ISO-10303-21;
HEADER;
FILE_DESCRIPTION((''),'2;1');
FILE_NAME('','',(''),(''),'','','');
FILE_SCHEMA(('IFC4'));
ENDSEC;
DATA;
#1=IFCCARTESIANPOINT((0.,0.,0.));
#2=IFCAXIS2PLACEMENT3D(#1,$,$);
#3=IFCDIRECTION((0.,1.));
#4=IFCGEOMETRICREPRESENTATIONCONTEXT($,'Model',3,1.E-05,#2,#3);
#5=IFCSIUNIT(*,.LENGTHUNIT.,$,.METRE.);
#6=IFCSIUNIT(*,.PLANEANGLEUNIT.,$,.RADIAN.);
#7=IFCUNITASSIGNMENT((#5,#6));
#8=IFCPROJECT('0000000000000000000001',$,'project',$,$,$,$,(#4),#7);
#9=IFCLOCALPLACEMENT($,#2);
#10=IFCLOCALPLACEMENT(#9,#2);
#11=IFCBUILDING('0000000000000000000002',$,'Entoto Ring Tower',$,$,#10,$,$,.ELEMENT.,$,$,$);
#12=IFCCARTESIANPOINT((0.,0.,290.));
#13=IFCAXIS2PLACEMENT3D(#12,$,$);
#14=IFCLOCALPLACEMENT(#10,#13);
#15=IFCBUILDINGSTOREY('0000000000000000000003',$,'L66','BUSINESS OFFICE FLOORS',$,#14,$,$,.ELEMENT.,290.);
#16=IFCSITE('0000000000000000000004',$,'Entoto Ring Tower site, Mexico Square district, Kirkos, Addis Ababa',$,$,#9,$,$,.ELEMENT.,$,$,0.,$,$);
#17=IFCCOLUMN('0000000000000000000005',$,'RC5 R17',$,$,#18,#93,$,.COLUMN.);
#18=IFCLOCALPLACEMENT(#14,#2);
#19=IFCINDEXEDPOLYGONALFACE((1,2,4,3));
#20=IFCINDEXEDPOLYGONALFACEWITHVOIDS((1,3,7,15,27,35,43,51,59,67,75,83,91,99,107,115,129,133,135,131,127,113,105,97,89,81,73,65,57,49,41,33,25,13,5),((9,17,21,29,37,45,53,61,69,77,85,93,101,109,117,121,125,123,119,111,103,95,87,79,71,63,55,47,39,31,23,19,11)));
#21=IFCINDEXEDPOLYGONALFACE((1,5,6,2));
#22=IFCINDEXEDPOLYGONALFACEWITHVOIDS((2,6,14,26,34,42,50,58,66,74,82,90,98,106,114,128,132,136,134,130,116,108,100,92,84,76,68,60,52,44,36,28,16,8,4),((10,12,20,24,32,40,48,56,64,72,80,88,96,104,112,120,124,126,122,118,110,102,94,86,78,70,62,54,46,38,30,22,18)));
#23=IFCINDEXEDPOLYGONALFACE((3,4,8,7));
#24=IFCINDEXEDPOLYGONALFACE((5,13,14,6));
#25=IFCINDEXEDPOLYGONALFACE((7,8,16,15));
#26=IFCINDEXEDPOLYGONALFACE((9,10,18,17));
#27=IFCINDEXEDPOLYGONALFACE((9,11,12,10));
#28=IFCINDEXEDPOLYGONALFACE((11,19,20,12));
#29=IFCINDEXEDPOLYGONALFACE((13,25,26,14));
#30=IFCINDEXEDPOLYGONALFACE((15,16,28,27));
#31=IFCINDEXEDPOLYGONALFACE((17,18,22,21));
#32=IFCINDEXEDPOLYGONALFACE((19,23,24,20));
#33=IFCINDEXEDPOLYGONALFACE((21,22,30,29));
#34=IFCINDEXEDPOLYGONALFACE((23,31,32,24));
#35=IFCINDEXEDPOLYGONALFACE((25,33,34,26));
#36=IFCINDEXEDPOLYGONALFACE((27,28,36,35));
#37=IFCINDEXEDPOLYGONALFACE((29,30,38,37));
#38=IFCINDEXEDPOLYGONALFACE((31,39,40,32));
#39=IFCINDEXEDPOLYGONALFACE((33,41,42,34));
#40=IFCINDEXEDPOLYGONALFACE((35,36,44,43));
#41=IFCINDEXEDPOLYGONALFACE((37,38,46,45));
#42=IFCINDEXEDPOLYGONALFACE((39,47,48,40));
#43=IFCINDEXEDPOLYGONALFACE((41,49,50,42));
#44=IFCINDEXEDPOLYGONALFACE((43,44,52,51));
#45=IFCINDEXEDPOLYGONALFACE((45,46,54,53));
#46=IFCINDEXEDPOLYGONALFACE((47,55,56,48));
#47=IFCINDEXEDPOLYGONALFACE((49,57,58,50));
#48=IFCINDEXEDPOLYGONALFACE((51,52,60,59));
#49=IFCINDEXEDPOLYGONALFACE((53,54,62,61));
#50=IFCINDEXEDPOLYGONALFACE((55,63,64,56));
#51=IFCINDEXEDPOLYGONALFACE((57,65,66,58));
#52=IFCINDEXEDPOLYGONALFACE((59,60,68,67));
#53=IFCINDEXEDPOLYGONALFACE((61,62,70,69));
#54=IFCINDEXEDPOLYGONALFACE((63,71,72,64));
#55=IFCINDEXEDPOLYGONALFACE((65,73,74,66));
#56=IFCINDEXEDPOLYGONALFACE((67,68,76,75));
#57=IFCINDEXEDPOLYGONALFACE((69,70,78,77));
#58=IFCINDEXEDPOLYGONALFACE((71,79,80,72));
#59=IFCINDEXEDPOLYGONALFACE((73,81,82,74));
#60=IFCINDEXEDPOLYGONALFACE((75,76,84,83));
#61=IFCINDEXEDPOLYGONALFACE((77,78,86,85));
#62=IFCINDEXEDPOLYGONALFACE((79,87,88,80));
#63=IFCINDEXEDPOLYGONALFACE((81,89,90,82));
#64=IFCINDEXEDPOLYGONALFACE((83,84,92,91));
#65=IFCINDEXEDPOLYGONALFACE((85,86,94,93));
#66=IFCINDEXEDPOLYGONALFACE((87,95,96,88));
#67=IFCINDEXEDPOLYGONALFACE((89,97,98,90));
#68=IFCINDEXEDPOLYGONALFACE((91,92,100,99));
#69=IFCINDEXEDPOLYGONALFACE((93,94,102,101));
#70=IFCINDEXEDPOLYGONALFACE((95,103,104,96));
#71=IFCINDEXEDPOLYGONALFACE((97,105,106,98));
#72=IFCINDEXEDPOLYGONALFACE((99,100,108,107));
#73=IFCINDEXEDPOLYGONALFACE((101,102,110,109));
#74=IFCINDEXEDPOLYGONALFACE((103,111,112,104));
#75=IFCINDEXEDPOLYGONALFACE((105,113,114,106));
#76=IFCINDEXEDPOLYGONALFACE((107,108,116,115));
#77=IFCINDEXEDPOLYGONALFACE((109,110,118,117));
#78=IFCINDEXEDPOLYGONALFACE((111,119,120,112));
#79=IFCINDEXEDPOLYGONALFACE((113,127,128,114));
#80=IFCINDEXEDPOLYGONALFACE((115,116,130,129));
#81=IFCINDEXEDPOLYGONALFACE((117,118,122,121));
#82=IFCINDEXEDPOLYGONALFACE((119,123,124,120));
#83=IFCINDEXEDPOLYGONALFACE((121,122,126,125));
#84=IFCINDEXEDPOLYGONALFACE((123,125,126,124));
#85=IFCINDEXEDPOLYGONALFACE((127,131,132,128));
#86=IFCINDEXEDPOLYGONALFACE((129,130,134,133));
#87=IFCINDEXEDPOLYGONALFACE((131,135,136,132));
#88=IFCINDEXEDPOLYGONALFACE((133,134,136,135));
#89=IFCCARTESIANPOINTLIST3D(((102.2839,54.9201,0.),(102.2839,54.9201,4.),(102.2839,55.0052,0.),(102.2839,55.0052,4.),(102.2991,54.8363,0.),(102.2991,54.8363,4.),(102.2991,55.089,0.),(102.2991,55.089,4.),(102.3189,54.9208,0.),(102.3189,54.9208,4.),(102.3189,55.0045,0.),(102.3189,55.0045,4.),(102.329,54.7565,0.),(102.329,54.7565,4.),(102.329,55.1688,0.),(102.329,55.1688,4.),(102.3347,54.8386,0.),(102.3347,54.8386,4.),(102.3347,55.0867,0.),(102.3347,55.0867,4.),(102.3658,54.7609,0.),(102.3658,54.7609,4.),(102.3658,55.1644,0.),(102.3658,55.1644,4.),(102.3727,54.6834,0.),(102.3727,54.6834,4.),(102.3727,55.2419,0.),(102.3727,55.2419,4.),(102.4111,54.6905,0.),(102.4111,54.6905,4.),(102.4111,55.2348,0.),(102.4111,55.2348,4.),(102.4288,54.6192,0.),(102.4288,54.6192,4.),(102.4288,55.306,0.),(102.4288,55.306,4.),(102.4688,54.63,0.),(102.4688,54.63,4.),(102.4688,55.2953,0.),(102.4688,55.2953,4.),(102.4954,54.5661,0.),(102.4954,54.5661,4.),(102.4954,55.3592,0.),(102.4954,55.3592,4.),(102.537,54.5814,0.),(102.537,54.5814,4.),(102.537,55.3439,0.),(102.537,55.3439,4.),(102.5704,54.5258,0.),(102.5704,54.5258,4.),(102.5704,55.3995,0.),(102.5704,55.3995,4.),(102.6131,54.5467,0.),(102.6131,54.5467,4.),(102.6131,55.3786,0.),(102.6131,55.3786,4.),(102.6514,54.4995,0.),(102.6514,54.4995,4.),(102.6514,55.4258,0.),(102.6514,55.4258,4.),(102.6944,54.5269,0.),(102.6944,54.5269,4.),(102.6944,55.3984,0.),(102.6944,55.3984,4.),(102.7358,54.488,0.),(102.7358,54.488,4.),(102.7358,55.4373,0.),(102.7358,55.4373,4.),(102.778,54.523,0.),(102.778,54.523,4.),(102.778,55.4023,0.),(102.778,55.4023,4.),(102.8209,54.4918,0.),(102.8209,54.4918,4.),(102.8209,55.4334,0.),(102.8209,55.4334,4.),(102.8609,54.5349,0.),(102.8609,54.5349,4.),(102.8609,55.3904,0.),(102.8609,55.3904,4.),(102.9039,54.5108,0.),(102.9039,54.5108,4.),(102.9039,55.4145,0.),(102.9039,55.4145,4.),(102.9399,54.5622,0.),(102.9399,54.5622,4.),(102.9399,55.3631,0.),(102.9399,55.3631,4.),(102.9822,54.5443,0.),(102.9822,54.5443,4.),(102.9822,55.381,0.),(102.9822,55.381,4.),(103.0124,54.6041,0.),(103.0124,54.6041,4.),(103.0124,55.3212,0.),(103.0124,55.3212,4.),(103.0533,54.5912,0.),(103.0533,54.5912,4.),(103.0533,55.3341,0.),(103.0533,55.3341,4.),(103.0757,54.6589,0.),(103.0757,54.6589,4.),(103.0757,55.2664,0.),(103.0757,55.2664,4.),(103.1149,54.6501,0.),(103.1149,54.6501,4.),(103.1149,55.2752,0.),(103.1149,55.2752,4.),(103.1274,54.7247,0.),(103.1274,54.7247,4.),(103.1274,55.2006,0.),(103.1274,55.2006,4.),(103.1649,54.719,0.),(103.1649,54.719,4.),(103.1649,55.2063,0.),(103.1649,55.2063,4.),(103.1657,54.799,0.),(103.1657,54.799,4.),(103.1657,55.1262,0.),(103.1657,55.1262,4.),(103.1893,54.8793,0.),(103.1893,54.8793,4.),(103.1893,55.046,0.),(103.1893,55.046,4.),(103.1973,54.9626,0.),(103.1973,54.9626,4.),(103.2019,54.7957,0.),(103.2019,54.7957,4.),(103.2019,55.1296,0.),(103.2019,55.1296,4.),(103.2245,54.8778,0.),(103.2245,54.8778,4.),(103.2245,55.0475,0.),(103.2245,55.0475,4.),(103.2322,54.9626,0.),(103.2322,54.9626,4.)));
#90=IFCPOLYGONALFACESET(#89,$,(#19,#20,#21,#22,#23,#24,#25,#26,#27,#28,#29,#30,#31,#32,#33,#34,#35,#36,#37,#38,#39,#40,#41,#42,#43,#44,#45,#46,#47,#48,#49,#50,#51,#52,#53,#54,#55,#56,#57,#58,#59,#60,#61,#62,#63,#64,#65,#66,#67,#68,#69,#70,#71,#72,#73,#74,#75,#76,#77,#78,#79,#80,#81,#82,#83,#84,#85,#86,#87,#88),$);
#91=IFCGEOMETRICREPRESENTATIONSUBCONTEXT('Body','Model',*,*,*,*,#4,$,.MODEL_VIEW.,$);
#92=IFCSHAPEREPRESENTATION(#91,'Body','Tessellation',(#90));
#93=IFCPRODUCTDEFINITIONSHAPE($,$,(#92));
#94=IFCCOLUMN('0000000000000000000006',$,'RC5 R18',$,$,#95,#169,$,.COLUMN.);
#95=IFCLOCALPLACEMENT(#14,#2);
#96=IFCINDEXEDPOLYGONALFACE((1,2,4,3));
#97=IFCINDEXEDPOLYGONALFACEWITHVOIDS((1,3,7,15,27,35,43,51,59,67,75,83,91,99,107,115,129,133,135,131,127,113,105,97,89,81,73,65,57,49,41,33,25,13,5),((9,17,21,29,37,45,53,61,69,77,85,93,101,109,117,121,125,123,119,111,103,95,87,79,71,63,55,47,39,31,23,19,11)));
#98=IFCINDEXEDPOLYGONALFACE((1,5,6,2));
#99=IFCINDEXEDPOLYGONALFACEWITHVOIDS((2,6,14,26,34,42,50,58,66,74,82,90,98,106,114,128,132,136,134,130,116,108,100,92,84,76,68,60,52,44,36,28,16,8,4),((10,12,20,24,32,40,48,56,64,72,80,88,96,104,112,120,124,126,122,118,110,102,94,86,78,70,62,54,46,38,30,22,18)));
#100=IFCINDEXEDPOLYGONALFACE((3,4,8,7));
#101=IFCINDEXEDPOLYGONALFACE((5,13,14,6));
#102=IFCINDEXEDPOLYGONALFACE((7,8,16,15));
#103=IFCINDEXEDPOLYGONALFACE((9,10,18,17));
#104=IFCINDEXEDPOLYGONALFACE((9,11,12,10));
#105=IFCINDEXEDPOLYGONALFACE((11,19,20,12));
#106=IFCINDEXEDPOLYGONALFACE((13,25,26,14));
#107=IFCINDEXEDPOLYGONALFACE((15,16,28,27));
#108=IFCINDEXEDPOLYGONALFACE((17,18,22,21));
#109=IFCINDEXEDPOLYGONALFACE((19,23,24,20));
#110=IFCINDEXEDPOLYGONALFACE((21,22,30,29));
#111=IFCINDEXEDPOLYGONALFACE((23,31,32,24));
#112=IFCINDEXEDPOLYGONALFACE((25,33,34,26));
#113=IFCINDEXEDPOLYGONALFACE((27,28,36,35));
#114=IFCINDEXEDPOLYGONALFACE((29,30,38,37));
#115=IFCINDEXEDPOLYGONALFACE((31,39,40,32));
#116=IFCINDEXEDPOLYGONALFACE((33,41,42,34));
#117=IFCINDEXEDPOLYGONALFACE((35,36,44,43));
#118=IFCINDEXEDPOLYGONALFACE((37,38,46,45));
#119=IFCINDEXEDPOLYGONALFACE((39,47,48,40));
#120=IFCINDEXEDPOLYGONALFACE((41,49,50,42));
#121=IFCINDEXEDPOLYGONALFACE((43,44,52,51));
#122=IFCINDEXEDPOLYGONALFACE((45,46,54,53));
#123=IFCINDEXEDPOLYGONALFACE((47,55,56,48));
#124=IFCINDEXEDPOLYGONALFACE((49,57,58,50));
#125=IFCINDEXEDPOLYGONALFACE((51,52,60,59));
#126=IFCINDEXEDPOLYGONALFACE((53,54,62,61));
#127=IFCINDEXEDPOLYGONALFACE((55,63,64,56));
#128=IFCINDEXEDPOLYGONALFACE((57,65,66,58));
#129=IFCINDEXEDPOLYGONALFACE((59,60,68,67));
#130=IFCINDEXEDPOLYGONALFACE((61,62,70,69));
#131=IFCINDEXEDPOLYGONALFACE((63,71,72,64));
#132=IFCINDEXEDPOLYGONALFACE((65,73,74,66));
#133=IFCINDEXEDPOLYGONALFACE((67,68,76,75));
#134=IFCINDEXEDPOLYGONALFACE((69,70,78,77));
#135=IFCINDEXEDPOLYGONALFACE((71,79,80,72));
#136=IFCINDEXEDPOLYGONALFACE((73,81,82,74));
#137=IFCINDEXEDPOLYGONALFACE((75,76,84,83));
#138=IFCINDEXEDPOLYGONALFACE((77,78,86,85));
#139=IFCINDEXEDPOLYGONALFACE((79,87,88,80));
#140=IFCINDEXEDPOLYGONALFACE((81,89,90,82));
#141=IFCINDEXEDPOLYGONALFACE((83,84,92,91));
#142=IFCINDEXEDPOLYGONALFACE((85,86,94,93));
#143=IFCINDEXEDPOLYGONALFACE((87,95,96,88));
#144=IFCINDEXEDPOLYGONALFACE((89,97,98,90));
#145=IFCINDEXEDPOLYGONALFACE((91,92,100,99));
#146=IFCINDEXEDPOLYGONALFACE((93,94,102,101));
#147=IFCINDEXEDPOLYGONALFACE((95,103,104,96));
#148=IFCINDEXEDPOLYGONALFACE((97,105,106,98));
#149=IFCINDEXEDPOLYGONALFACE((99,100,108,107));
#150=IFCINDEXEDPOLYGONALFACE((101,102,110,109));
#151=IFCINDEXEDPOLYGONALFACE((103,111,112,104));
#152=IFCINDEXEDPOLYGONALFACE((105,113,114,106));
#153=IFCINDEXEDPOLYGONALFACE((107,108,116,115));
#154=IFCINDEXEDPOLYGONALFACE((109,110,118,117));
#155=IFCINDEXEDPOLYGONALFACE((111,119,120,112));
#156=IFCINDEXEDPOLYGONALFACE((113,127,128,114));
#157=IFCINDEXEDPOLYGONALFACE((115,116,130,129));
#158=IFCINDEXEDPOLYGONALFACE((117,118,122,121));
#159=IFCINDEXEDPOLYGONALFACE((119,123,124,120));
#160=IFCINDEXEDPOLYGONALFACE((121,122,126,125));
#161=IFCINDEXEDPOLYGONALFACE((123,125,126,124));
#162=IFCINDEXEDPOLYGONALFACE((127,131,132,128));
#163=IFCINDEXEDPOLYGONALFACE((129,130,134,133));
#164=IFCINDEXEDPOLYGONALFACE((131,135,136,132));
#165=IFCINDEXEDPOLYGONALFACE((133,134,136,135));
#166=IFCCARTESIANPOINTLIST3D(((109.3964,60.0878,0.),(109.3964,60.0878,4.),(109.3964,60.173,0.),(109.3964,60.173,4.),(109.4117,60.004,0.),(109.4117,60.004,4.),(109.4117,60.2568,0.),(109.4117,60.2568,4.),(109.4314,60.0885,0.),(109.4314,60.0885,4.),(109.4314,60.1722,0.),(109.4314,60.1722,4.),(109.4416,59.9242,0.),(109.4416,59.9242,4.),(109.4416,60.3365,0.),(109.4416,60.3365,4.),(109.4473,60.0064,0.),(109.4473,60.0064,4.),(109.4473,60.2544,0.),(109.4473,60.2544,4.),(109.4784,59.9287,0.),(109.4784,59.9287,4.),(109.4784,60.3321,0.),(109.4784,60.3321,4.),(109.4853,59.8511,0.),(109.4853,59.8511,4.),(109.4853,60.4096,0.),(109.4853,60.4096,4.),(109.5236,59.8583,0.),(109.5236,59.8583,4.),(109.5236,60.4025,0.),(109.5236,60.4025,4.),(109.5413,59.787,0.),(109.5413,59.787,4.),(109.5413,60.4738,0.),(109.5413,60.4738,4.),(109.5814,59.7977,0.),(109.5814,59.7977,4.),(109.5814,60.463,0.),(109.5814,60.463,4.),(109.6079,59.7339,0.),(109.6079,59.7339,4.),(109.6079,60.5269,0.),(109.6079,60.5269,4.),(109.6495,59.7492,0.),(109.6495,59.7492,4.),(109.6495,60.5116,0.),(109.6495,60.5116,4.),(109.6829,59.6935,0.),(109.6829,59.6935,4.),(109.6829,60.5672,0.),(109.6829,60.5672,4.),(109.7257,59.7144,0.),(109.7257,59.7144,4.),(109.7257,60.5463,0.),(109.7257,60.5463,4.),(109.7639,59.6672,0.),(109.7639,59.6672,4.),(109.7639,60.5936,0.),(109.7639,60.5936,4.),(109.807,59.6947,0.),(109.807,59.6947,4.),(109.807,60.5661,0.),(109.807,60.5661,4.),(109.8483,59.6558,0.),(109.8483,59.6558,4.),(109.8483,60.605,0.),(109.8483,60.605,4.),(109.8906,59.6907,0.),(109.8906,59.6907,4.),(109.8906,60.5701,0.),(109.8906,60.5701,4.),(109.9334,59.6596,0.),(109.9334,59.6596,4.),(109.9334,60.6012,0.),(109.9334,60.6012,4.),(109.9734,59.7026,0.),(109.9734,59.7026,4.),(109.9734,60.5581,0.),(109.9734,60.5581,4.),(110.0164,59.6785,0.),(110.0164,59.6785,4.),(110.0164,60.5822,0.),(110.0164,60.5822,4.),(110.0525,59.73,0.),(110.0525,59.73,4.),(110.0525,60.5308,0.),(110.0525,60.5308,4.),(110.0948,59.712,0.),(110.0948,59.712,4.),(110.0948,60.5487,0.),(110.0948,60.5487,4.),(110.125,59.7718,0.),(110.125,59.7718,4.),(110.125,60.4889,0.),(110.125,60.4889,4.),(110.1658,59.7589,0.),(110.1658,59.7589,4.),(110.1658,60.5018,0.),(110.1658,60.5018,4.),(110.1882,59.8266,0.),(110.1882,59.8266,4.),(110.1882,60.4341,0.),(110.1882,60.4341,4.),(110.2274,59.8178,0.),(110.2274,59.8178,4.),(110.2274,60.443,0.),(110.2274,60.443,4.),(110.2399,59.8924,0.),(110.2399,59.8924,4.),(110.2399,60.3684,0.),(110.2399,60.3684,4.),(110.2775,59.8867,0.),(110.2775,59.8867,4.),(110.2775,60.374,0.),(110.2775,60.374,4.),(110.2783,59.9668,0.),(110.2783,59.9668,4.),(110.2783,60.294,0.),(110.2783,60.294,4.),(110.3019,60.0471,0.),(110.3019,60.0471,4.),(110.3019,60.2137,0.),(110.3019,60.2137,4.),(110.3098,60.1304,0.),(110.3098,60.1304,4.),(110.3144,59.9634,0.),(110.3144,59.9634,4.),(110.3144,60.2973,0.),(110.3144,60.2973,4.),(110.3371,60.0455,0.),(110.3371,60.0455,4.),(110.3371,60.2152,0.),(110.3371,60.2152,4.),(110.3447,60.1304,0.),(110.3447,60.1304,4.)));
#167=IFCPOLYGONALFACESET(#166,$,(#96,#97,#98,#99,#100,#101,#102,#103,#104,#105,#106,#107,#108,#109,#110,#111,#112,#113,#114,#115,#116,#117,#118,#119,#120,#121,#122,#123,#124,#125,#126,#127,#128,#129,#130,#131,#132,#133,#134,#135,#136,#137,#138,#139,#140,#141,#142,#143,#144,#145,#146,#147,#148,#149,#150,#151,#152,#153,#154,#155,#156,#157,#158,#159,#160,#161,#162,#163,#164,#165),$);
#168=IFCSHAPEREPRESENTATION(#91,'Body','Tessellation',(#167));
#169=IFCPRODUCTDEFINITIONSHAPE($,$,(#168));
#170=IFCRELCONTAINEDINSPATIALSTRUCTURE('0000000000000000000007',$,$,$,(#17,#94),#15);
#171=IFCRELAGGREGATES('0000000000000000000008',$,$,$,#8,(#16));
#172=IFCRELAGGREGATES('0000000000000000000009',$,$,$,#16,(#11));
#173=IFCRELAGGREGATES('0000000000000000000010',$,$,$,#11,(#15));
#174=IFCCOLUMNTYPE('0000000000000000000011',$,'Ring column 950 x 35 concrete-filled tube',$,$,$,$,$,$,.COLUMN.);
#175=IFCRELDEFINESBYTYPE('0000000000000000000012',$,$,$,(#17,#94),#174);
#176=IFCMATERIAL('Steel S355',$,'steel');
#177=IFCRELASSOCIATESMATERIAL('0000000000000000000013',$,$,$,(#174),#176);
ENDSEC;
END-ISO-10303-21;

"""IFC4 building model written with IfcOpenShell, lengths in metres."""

from ifc_helpers import new_model, si_unit, direction, frame, origin, origin_2d, place, context, subcontext, project, spatial, circle, hollow_circle, extrude, material, material_profile, profile_set, type_object, element, save


model = new_model("IFC4")

# Units and contexts
model_context = context("Model", 3, precision=1e-05, world=origin(), true_north=direction((0.0, 1.0)))
body_context = subcontext(model_context, "Body", "Model", "MODEL_VIEW")
ifc_project = project(units=[si_unit("LENGTHUNIT", "METRE"), si_unit("PLANEANGLEUNIT", "RADIAN")], contexts=[model_context])

# Site, building, storey
site_placement = place(None, origin())
site = spatial("IfcSite", under=ifc_project, at=site_placement, Name="Entoto Ring Tower site, Mexico Square district, Kirkos, Addis Ababa", CompositionType="ELEMENT", RefElevation=0.0)
building_placement = place(site_placement, origin())
building = spatial("IfcBuilding", under=site, at=building_placement, Name="Entoto Ring Tower", CompositionType="ELEMENT")
storey_placement = place(building_placement, frame((0.0, 0.0, 290.0)))
storey = spatial("IfcBuildingStorey", under=building, at=storey_placement, Name="L66", Description="BUSINESS OFFICE FLOORS", CompositionType="ELEMENT", Elevation=290.0)

# Columns
ifc_material_1 = material(Name="Steel S355", Category="steel")
ifc_material_profile_1 = material_profile(ifc_material_1, hollow_circle(Radius=0.4751, WallThickness=0.0349, at=origin_2d()), Name="CHS 950 x 35")
ifc_material_2 = material(Name="Concrete C60/75", Category="concrete")
ifc_material_profile_2 = material_profile(ifc_material_2, circle(Radius=0.4399, at=origin_2d()), Name="Concrete C60/75 infill")
ifc_profile_set_1 = profile_set([ifc_material_profile_1, ifc_material_profile_2], Name="Steel S355")
column_type = type_object("IfcColumnType", Name="Ring column 950 x 35 concrete-filled tube", PredefinedType="COLUMN", material=ifc_profile_set_1)
for number, where, z_axis, x_axis, name in (
    (1, (102.7571, 54.9626, 0.0), (0.0, 0.0, 1.0), (1.0, 0.0, 0.0), "RC5 R17"),
    (2, (109.8696, 60.1304, 0.0), (0.0, 0.0, 1.0), (1.0, 0.0, 0.0), "RC5 R18"),
):
    element("IfcColumn", number, at=place(storey_placement, frame(where, z_axis=z_axis, x_axis=x_axis)), inside=storey, type_object=column_type, Name=name, PredefinedType="COLUMN", context=body_context, shape_type="SweptSolid", body=[
        extrude(hollow_circle(Radius=0.4751, WallThickness=0.0349, at=origin_2d()), origin(), (0.0, 0.0, 1.0), 4.0),
    ])

save(model, "model.ifc")
